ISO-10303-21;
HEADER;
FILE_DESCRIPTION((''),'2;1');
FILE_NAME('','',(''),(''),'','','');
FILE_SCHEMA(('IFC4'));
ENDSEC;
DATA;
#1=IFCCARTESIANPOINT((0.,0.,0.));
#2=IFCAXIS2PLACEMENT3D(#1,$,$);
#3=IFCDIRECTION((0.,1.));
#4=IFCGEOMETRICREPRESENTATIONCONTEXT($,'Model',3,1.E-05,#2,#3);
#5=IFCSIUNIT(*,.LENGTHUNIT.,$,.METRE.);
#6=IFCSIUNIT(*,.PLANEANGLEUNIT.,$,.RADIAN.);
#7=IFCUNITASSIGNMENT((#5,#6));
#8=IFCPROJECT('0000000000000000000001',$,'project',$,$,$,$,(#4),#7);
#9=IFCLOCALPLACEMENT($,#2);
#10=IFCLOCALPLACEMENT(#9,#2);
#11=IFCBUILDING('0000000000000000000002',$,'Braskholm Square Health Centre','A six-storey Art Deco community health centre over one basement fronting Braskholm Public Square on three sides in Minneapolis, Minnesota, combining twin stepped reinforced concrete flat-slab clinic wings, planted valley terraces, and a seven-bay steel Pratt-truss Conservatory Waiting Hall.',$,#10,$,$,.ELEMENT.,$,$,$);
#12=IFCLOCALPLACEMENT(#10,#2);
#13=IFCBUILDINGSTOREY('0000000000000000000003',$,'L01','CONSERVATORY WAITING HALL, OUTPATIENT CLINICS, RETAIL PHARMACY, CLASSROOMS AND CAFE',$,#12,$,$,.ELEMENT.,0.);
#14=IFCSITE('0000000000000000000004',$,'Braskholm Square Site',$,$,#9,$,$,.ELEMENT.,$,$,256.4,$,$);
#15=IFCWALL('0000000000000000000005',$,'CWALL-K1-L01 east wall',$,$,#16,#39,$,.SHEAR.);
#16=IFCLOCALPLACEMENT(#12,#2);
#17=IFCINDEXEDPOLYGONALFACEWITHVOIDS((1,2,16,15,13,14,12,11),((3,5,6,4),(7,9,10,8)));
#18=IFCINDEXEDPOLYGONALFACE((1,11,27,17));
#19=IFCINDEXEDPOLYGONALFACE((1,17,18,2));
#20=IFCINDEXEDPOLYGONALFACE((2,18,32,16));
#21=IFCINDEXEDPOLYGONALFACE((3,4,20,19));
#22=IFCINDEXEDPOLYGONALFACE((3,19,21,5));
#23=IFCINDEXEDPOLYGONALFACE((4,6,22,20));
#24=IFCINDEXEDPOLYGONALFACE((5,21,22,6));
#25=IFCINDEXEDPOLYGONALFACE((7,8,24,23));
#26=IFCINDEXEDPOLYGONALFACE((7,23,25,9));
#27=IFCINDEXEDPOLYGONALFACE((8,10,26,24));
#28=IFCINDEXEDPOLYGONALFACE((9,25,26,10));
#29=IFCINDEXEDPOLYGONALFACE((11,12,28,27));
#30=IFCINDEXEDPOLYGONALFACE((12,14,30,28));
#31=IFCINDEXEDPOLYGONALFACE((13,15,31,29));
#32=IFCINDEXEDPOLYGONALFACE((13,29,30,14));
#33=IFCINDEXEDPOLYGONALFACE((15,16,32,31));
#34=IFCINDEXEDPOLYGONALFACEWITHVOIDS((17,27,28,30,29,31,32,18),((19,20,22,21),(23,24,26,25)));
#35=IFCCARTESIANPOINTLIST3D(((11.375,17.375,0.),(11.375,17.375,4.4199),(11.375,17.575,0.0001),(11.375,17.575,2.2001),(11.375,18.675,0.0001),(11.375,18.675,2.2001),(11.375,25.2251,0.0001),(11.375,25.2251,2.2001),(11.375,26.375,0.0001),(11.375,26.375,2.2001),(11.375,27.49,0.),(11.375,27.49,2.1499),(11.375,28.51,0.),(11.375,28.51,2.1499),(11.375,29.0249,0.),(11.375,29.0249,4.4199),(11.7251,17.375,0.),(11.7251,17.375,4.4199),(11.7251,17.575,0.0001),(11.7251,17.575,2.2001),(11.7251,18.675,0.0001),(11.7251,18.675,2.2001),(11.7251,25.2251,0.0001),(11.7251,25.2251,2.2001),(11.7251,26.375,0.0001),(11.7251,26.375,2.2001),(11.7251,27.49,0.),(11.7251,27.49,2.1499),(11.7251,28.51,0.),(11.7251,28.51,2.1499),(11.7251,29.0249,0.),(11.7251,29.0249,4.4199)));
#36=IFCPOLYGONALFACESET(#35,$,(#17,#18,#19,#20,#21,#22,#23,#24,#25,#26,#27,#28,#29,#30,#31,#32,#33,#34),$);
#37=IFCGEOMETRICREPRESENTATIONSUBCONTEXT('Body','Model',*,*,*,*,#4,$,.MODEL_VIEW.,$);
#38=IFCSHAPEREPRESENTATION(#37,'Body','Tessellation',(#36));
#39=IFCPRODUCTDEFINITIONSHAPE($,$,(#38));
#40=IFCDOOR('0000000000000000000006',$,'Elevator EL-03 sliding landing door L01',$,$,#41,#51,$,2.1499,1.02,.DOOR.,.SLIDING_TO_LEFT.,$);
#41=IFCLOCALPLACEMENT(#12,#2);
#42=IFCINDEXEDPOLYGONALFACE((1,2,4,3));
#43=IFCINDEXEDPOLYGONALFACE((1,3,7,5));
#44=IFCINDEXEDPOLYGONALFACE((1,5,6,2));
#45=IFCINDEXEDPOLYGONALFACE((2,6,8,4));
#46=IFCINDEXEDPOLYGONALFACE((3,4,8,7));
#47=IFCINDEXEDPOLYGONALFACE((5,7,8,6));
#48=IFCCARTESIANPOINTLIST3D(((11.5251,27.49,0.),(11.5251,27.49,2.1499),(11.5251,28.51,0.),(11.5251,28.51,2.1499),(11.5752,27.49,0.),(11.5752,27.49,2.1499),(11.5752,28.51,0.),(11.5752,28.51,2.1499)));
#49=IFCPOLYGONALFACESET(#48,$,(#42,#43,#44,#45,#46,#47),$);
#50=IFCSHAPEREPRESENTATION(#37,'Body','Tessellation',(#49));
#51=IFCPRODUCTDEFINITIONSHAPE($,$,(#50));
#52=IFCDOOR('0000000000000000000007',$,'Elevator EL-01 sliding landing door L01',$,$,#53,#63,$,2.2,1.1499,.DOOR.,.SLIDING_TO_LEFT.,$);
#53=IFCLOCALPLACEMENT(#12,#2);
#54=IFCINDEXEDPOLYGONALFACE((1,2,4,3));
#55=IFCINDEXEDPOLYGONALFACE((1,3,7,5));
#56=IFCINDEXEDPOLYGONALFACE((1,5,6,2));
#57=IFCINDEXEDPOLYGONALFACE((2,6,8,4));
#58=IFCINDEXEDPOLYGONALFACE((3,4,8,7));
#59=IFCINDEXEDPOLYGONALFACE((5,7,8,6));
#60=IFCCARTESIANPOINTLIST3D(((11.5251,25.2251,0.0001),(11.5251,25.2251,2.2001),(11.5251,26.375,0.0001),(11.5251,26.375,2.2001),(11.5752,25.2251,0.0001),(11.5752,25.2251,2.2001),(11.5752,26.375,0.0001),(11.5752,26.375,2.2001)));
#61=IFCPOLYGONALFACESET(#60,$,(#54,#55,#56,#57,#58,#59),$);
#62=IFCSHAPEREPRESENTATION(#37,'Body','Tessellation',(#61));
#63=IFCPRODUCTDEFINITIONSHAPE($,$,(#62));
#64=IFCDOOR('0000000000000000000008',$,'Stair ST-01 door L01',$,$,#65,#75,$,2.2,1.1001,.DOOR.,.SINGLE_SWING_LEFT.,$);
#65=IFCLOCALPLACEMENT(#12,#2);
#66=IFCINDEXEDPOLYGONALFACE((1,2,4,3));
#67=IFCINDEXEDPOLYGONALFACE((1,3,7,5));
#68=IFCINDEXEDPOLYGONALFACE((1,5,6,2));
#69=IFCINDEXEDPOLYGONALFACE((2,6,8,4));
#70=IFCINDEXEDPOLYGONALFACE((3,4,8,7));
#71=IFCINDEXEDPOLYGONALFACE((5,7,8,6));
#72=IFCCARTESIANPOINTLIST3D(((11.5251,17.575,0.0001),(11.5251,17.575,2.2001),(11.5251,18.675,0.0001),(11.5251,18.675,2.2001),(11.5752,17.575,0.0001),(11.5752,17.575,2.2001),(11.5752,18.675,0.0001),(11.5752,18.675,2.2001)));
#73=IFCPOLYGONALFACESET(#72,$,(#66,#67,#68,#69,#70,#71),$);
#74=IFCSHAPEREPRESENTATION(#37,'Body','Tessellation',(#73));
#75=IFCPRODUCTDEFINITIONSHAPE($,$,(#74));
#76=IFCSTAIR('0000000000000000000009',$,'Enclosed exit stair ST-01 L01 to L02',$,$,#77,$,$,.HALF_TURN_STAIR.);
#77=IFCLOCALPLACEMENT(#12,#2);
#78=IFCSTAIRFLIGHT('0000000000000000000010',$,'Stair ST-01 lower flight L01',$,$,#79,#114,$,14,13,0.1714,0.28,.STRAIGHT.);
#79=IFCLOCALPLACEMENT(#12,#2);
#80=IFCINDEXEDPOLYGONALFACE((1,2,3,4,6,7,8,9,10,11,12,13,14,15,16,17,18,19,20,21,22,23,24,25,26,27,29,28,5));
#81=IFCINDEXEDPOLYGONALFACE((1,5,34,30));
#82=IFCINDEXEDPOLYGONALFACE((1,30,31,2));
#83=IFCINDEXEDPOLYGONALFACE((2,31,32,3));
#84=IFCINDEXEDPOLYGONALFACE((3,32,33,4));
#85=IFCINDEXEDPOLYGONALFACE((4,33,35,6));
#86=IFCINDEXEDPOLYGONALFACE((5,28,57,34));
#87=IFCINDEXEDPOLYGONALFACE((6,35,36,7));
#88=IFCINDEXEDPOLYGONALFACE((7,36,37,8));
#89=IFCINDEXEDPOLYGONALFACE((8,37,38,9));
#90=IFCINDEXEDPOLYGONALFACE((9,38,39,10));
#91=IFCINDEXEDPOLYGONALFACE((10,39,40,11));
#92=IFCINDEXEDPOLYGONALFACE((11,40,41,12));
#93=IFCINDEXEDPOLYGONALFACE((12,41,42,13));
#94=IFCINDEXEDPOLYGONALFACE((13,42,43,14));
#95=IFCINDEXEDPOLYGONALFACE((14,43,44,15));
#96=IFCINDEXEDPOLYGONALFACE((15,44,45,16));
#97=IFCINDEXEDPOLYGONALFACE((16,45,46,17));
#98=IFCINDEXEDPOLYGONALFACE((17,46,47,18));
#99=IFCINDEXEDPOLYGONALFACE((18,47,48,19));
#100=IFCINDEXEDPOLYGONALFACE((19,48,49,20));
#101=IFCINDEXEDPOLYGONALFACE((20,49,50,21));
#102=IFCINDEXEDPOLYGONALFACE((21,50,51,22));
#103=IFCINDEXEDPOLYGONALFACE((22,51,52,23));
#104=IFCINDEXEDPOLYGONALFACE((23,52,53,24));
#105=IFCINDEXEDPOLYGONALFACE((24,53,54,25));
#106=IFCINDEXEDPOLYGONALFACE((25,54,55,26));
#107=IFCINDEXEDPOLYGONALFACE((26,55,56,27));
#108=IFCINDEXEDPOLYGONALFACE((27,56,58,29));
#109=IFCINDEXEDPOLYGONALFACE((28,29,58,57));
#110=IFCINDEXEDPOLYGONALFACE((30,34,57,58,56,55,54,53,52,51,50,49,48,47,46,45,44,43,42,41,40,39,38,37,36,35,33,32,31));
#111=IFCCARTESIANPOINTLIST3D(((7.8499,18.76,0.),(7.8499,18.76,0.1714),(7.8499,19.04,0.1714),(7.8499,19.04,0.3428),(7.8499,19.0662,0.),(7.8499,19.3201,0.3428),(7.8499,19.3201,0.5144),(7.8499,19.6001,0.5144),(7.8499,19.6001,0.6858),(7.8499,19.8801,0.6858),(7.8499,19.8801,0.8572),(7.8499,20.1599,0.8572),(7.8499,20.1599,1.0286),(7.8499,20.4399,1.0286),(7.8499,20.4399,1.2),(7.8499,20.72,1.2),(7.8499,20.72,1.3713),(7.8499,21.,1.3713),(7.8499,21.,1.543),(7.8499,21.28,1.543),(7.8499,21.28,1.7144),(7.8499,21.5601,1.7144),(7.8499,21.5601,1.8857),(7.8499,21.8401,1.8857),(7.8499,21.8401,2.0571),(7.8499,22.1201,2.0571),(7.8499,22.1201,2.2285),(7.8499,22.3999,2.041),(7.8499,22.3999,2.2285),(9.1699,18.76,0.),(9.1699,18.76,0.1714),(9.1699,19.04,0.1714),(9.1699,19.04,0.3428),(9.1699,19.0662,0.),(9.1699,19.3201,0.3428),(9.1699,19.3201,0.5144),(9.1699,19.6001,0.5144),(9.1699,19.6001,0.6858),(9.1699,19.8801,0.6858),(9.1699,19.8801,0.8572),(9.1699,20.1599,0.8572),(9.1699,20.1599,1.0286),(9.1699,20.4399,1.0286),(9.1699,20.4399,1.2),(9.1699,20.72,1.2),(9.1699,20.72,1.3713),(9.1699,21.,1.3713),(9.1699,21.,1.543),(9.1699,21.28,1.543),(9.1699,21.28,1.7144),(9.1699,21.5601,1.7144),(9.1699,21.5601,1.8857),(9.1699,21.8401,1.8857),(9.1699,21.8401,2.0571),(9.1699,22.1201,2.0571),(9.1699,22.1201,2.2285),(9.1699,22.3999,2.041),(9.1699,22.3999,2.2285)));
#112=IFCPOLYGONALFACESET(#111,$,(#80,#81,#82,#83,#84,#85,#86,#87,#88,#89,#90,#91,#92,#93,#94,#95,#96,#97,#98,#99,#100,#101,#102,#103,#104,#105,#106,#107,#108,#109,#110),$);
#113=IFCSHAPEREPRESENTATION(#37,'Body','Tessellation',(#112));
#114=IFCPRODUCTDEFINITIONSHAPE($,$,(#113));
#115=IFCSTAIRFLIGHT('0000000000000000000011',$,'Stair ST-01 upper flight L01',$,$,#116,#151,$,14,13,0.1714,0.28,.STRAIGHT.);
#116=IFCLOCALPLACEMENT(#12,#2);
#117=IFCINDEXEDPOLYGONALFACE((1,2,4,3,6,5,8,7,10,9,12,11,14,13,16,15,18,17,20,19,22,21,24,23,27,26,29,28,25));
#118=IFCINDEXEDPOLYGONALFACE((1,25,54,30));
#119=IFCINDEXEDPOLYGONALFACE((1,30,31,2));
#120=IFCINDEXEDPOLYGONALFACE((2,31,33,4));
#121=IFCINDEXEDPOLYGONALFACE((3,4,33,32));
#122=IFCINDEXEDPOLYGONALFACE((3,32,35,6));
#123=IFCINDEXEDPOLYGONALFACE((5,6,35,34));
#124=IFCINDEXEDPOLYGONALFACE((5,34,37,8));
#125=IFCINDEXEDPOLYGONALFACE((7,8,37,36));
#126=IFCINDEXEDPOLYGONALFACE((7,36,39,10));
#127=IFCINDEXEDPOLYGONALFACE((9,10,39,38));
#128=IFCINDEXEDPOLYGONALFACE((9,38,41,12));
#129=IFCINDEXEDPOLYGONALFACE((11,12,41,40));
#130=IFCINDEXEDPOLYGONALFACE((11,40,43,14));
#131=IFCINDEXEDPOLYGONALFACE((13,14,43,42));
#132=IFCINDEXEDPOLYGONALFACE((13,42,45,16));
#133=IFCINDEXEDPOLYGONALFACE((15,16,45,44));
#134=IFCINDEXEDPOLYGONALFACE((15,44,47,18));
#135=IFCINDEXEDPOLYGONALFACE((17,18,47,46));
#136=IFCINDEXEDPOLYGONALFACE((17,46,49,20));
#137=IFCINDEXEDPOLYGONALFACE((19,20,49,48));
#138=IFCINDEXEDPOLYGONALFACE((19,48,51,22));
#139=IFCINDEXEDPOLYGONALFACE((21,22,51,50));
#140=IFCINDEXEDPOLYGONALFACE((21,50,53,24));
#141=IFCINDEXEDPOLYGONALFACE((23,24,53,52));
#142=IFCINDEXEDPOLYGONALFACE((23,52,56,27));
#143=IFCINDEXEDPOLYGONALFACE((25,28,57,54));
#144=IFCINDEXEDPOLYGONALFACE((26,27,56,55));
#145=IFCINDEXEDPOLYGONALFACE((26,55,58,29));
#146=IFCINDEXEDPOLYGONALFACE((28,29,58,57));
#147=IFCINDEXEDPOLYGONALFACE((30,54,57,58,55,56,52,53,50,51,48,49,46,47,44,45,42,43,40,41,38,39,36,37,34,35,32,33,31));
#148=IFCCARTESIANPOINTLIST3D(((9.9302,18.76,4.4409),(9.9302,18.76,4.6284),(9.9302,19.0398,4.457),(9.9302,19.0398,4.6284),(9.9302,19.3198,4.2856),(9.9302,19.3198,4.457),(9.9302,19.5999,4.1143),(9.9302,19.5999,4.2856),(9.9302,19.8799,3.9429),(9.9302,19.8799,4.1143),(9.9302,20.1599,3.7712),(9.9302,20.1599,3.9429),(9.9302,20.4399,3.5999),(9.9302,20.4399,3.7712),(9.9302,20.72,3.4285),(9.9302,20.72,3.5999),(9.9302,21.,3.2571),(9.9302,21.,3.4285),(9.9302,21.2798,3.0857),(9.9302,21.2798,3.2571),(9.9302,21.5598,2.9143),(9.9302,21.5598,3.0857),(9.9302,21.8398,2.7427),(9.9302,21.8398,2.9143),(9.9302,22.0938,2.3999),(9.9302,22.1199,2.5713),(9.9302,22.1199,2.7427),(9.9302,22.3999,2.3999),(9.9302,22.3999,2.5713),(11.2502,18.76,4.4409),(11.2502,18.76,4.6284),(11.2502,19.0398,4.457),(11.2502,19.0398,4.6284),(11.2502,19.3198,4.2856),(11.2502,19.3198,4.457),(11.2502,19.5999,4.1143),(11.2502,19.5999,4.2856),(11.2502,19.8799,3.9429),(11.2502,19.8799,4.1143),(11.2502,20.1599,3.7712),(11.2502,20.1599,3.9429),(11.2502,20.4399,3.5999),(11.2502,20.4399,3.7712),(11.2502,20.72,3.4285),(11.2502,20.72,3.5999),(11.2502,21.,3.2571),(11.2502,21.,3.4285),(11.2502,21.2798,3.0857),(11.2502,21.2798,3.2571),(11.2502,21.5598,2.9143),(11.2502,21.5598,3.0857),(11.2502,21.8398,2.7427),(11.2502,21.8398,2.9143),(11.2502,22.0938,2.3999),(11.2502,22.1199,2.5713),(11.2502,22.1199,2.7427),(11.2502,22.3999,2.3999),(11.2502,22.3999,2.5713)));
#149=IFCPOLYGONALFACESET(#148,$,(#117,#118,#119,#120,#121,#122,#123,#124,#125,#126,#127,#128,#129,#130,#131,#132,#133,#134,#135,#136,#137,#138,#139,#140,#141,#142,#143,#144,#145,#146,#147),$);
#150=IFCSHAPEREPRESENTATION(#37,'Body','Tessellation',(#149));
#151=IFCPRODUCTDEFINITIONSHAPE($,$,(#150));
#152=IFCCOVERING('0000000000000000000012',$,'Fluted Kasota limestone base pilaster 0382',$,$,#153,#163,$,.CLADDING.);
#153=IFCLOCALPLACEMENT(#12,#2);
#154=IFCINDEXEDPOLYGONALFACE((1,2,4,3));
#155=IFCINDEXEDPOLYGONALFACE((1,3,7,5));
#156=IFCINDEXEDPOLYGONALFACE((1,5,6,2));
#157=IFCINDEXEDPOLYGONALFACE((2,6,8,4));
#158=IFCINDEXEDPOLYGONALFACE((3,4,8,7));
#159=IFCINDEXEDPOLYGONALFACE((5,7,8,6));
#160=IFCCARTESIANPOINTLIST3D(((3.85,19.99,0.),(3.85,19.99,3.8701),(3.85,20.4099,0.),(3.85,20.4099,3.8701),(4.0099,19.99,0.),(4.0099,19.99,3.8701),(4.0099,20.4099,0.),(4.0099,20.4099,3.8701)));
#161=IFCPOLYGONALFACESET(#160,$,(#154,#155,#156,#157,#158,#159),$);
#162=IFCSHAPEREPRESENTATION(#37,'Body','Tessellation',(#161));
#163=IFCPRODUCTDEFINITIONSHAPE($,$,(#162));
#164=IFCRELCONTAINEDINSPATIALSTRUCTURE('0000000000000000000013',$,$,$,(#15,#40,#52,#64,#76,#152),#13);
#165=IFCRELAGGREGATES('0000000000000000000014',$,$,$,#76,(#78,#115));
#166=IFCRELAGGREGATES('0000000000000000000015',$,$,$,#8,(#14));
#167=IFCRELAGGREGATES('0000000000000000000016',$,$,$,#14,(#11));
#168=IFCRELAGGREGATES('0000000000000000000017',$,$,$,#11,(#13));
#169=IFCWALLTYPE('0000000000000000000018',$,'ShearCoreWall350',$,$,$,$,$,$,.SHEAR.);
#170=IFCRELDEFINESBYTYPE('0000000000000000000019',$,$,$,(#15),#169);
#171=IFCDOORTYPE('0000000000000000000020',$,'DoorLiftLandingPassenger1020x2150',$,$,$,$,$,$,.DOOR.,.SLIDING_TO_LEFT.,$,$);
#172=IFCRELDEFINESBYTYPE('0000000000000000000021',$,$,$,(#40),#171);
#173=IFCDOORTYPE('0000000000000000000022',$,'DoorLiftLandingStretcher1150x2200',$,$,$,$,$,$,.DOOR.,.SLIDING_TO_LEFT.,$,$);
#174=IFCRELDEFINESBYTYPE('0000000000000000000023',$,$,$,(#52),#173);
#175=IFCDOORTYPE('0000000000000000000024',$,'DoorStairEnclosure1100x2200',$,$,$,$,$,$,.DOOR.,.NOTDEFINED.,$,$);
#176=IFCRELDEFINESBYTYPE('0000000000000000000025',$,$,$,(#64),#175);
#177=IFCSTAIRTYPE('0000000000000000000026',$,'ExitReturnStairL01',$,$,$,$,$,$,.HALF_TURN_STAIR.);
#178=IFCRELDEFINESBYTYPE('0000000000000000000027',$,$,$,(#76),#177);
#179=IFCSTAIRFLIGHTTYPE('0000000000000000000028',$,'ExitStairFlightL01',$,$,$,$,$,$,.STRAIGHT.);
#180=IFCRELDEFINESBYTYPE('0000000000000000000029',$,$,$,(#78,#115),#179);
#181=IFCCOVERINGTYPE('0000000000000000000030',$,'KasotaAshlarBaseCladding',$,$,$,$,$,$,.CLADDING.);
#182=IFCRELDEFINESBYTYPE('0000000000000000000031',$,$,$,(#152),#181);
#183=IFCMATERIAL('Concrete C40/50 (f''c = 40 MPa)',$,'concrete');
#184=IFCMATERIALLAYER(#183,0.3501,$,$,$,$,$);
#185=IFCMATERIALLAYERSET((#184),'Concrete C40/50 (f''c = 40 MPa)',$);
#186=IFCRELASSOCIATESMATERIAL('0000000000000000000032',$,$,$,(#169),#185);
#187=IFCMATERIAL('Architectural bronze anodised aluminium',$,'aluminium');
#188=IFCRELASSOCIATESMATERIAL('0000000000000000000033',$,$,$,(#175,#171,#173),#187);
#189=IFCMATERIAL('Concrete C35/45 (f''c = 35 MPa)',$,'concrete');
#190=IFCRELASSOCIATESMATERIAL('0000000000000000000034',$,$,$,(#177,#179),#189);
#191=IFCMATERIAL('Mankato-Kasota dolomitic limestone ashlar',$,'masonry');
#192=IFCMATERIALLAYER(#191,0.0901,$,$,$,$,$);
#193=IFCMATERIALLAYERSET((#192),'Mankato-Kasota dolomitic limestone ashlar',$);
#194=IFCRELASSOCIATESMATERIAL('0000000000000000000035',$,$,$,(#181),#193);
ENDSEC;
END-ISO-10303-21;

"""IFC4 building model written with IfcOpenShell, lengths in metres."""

from ifc_helpers import new_model, si_unit, direction, frame, frame_2d, origin, origin_with_axes, origin_2d, place, context, subcontext, project, spatial, polyline, rectangle, outline, extrude, material, layer, layer_set, type_object, element, fill, aggregate, save


model = new_model("IFC4")

# Units and contexts
model_context = context("Model", 3, precision=1e-05, world=origin(), true_north=direction((0.0, 1.0)))
body_context = subcontext(model_context, "Body", "Model", "MODEL_VIEW")
ifc_project = project(units=[si_unit("LENGTHUNIT", "METRE"), si_unit("PLANEANGLEUNIT", "RADIAN")], contexts=[model_context])

# Site, building, storey
site_placement = place(None, origin())
site = spatial("IfcSite", under=ifc_project, at=site_placement, Name="Braskholm Square Site", CompositionType="ELEMENT", RefElevation=256.4)
building_placement = place(site_placement, origin())
building = spatial("IfcBuilding", under=site, at=building_placement, Name="Braskholm Square Health Centre", Description="A six-storey Art Deco community health centre over one basement fronting Braskholm Public Square on three sides in Minneapolis, Minnesota, combining twin stepped reinforced concrete flat-slab clinic wings, planted valley terraces, and a seven-bay steel Pratt-truss Conservatory Waiting Hall.", CompositionType="ELEMENT")
storey_placement = place(building_placement, origin())
storey = spatial("IfcBuildingStorey", under=building, at=storey_placement, Name="L01", Description="CONSERVATORY WAITING HALL, OUTPATIENT CLINICS, RETAIL PHARMACY, CLASSROOMS AND CAFE", CompositionType="ELEMENT", Elevation=0.0)

# Shared definitions
ifc_material_1 = material(Name="Architectural bronze anodised aluminium", Category="aluminium")

# Shared definitions
ifc_material_2 = material(Name="Concrete C40/50 (f'c = 40 MPa)", Category="concrete")

# Shared definitions
ifc_material_3 = material(Name="Mankato-Kasota dolomitic limestone ashlar", Category="masonry")

# Shared definitions
ifc_material_4 = material(Name="Concrete C35/45 (f'c = 35 MPa)", Category="concrete")

# Shared definitions
ifc_layer_1 = layer(ifc_material_2, 0.3501)
ifc_layer_set_1 = layer_set([ifc_layer_1], Name="Concrete C40/50 (f'c = 40 MPa)")
wall_type_1 = type_object("IfcWallType", Name="ShearCoreWall350", PredefinedType="SHEAR", material=ifc_layer_set_1)
door_type_1 = type_object("IfcDoorType", Name="DoorStairEnclosure1100x2200", OperationType="NOTDEFINED", PredefinedType="DOOR", material=ifc_material_1)

# Wall, openings, doors
wall_1_placement = place(storey_placement, frame((11.55, 17.375, 0.0), z_axis=(0.0, 0.0, 1.0), x_axis=(0.0, 1.0, 0.0)))
wall_1 = element("IfcWall", 1, at=wall_1_placement, inside=storey, type_object=wall_type_1, Name="CWALL-K1-L01 east wall", PredefinedType="SHEAR", context=body_context, shape_type="SweptSolid", body=[
    extrude(rectangle(XDim=11.6499, YDim=0.3501, at=frame_2d((5.825, 0.0))), origin(), (0.0, 0.0, 1.0), 4.4199),
])
opening_1_placement = place(wall_1_placement, frame((0.2, 0.0, 0.0)))
opening_1 = element("IfcOpeningElement", 2, at=opening_1_placement, cuts=wall_1, PredefinedType="OPENING", context=body_context, shape_type="SweptSolid", body=[
    extrude(rectangle(XDim=1.1001, YDim=2.2, at=frame_2d((0.55, 1.1001))), frame((0.0, 0.1851, 0.0), z_axis=(0.0, -1.0, 0.0), x_axis=(1.0, 0.0, 0.0)), (0.0, 0.0, 1.0), 0.3701),
])
opening_2_placement = place(wall_1_placement, frame((7.8501, 0.0, 0.0)))
opening_2 = element("IfcOpeningElement", 3, at=opening_2_placement, cuts=wall_1, PredefinedType="OPENING", context=body_context, shape_type="SweptSolid", body=[
    extrude(rectangle(XDim=1.1499, YDim=2.2, at=frame_2d((0.575, 1.1001))), frame((0.0, 0.1851, 0.0), z_axis=(0.0, -1.0, 0.0), x_axis=(1.0, 0.0, 0.0)), (0.0, 0.0, 1.0), 0.3701),
])
opening_3_placement = place(wall_1_placement, frame((10.115, 0.0, 0.0)))
opening_3 = element("IfcOpeningElement", 4, at=opening_3_placement, cuts=wall_1, PredefinedType="OPENING", context=body_context, shape_type="SweptSolid", body=[
    extrude(rectangle(XDim=1.02, YDim=2.1499, at=frame_2d((0.51, 1.075))), frame((0.0, 0.1851, 0.0), z_axis=(0.0, -1.0, 0.0), x_axis=(1.0, 0.0, 0.0)), (0.0, 0.0, 1.0), 0.3701),
])
door_type_2 = type_object("IfcDoorType", Name="DoorLiftLandingPassenger1020x2150", OperationType="SLIDING_TO_LEFT", PredefinedType="DOOR", material=ifc_material_1)
door_1_placement = place(opening_3_placement, origin_with_axes())
door_1 = element("IfcDoor", 5, at=door_1_placement, inside=storey, type_object=door_type_2, Name="Elevator EL-03 sliding landing door L01", OperationType="SLIDING_TO_LEFT", OverallHeight=2.1499, OverallWidth=1.02, PredefinedType="DOOR", context=body_context, shape_type="SweptSolid", body=[
    extrude(rectangle(XDim=1.02, YDim=2.1499, at=frame_2d((0.51, 1.075))), frame((0.0, 0.0249, 0.0), z_axis=(0.0, -1.0, 0.0), x_axis=(1.0, 0.0, 0.0)), (0.0, 0.0, 1.0), 0.05),
])
fill(opening_3, door_1)
door_type_3 = type_object("IfcDoorType", Name="DoorLiftLandingStretcher1150x2200", OperationType="SLIDING_TO_LEFT", PredefinedType="DOOR", material=ifc_material_1)
door_2_placement = place(opening_2_placement, origin_with_axes())
door_2 = element("IfcDoor", 6, at=door_2_placement, inside=storey, type_object=door_type_3, Name="Elevator EL-01 sliding landing door L01", OperationType="SLIDING_TO_LEFT", OverallHeight=2.2, OverallWidth=1.1499, PredefinedType="DOOR", context=body_context, shape_type="SweptSolid", body=[
    extrude(rectangle(XDim=1.1499, YDim=2.2, at=frame_2d((0.575, 1.1001))), frame((0.0, 0.0249, 0.0), z_axis=(0.0, -1.0, 0.0), x_axis=(1.0, 0.0, 0.0)), (0.0, 0.0, 1.0), 0.05),
])
fill(opening_2, door_2)
door_3_placement = place(opening_1_placement, origin_with_axes())
door_3 = element("IfcDoor", 7, at=door_3_placement, inside=storey, type_object=door_type_1, Name="Stair ST-01 door L01", OperationType="SINGLE_SWING_LEFT", OverallHeight=2.2, OverallWidth=1.1001, PredefinedType="DOOR", context=body_context, shape_type="SweptSolid", body=[
    extrude(rectangle(XDim=1.1001, YDim=2.2, at=frame_2d((0.55, 1.1001))), frame((0.0, 0.0249, 0.0), z_axis=(0.0, -1.0, 0.0), x_axis=(1.0, 0.0, 0.0)), (0.0, 0.0, 1.0), 0.05),
])
fill(opening_1, door_3)

# Stair, stair flights
stair_type = type_object("IfcStairType", Name="ExitReturnStairL01", PredefinedType="HALF_TURN_STAIR", material=ifc_material_4)
stair_placement = place(storey_placement, origin())
stair = element("IfcStair", 8, at=stair_placement, inside=storey, type_object=stair_type, Name="Enclosed exit stair ST-01 L01 to L02", PredefinedType="HALF_TURN_STAIR")
stair_flight_type = type_object("IfcStairFlightType", Name="ExitStairFlightL01", PredefinedType="STRAIGHT", material=ifc_material_4)
stair_flight_1_placement = place(storey_placement, frame((8.51, 18.76, 0.0), z_axis=(0.0, 0.0, 1.0), x_axis=(0.0, 1.0, 0.0)))
stair_flight_1 = element("IfcStairFlight", 9, at=stair_flight_1_placement, type_object=stair_flight_type, Name="Stair ST-01 lower flight L01", NumberOfRisers=14, NumberOfTreads=13, PredefinedType="STRAIGHT", RiserHeight=0.1714, TreadLength=0.28, context=body_context, shape_type="SweptSolid", body=[
    extrude(outline(polyline([(0.0, 0.0), (0.0, 0.1714), (0.28, 0.1714), (0.28, 0.3428), (0.5601, 0.3428), (0.5601, 0.5144), (0.8401, 0.5144), (0.8401, 0.6858), (1.1201, 0.6858), (1.1201, 0.8572), (1.3999, 0.8572), (1.3999, 1.0286), (1.6799, 1.0286), (1.6799, 1.2), (1.96, 1.2), (1.96, 1.3713), (2.24, 1.3713), (2.24, 1.543), (2.52, 1.543), (2.52, 1.7144), (2.8, 1.7144), (2.8, 1.8857), (3.0801, 1.8857), (3.0801, 2.0571), (3.3601, 2.0571), (3.3601, 2.2285), (3.6399, 2.2285), (3.6399, 2.3999), (3.6399, 2.041), (0.3062, 0.0), (0.0, 0.0)])), frame((0.0, 0.6602, 0.0), z_axis=(0.0, -1.0, 0.0), x_axis=(1.0, 0.0, 0.0)), (0.0, 0.0, 1.0), 1.3201),
])
stair_flight_2_placement = place(storey_placement, frame((10.5901, 22.3999, 2.3999), z_axis=(0.0, 0.0, 1.0), x_axis=(0.0, -1.0, 0.0)))
stair_flight_2 = element("IfcStairFlight", 10, at=stair_flight_2_placement, type_object=stair_flight_type, Name="Stair ST-01 upper flight L01", NumberOfRisers=14, NumberOfTreads=13, PredefinedType="STRAIGHT", RiserHeight=0.1714, TreadLength=0.28, context=body_context, shape_type="SweptSolid", body=[
    extrude(outline(polyline([(0.0, 0.0), (0.0, 0.1714), (0.28, 0.1714), (0.28, 0.3428), (0.5601, 0.3428), (0.5601, 0.5144), (0.8401, 0.5144), (0.8401, 0.6858), (1.1201, 0.6858), (1.1201, 0.8572), (1.3999, 0.8572), (1.3999, 1.0286), (1.6799, 1.0286), (1.6799, 1.2), (1.96, 1.2), (1.96, 1.3713), (2.24, 1.3713), (2.24, 1.543), (2.52, 1.543), (2.52, 1.7144), (2.8, 1.7144), (2.8, 1.8857), (3.0801, 1.8857), (3.0801, 2.0571), (3.3601, 2.0571), (3.3601, 2.2285), (3.6399, 2.2285), (3.6399, 2.3999), (3.6399, 2.041), (0.3062, 0.0), (0.0, 0.0)])), frame((0.0, 0.6602, 0.0), z_axis=(0.0, -1.0, 0.0), x_axis=(1.0, 0.0, 0.0)), (0.0, 0.0, 1.0), 1.3201),
])
aggregate(stair, [stair_flight_1, stair_flight_2])

# Covering
ifc_layer_2 = layer(ifc_material_3, 0.0901)
ifc_layer_set_2 = layer_set([ifc_layer_2], Name="Mankato-Kasota dolomitic limestone ashlar")
covering_type_1 = type_object("IfcCoveringType", Name="KasotaAshlarBaseCladding", PredefinedType="CLADDING", material=ifc_layer_set_2)
for number, where, z_axis, x_axis, name in (
    (11, (3.9299, 20.2, 0.0), (0.0, 0.0, 1.0), (1.0, 0.0, 0.0), "Fluted Kasota limestone base pilaster 0382"),
):
    element("IfcCovering", number, at=place(storey_placement, frame(where, z_axis=z_axis, x_axis=x_axis)), inside=storey, type_object=covering_type_1, Name=name, PredefinedType="CLADDING", context=body_context, shape_type="SweptSolid", body=[
        extrude(rectangle(XDim=0.1599, YDim=0.4199, at=origin_2d()), origin(), (0.0, 0.0, 1.0), 3.8701),
    ])

save(model, "model.ifc")
